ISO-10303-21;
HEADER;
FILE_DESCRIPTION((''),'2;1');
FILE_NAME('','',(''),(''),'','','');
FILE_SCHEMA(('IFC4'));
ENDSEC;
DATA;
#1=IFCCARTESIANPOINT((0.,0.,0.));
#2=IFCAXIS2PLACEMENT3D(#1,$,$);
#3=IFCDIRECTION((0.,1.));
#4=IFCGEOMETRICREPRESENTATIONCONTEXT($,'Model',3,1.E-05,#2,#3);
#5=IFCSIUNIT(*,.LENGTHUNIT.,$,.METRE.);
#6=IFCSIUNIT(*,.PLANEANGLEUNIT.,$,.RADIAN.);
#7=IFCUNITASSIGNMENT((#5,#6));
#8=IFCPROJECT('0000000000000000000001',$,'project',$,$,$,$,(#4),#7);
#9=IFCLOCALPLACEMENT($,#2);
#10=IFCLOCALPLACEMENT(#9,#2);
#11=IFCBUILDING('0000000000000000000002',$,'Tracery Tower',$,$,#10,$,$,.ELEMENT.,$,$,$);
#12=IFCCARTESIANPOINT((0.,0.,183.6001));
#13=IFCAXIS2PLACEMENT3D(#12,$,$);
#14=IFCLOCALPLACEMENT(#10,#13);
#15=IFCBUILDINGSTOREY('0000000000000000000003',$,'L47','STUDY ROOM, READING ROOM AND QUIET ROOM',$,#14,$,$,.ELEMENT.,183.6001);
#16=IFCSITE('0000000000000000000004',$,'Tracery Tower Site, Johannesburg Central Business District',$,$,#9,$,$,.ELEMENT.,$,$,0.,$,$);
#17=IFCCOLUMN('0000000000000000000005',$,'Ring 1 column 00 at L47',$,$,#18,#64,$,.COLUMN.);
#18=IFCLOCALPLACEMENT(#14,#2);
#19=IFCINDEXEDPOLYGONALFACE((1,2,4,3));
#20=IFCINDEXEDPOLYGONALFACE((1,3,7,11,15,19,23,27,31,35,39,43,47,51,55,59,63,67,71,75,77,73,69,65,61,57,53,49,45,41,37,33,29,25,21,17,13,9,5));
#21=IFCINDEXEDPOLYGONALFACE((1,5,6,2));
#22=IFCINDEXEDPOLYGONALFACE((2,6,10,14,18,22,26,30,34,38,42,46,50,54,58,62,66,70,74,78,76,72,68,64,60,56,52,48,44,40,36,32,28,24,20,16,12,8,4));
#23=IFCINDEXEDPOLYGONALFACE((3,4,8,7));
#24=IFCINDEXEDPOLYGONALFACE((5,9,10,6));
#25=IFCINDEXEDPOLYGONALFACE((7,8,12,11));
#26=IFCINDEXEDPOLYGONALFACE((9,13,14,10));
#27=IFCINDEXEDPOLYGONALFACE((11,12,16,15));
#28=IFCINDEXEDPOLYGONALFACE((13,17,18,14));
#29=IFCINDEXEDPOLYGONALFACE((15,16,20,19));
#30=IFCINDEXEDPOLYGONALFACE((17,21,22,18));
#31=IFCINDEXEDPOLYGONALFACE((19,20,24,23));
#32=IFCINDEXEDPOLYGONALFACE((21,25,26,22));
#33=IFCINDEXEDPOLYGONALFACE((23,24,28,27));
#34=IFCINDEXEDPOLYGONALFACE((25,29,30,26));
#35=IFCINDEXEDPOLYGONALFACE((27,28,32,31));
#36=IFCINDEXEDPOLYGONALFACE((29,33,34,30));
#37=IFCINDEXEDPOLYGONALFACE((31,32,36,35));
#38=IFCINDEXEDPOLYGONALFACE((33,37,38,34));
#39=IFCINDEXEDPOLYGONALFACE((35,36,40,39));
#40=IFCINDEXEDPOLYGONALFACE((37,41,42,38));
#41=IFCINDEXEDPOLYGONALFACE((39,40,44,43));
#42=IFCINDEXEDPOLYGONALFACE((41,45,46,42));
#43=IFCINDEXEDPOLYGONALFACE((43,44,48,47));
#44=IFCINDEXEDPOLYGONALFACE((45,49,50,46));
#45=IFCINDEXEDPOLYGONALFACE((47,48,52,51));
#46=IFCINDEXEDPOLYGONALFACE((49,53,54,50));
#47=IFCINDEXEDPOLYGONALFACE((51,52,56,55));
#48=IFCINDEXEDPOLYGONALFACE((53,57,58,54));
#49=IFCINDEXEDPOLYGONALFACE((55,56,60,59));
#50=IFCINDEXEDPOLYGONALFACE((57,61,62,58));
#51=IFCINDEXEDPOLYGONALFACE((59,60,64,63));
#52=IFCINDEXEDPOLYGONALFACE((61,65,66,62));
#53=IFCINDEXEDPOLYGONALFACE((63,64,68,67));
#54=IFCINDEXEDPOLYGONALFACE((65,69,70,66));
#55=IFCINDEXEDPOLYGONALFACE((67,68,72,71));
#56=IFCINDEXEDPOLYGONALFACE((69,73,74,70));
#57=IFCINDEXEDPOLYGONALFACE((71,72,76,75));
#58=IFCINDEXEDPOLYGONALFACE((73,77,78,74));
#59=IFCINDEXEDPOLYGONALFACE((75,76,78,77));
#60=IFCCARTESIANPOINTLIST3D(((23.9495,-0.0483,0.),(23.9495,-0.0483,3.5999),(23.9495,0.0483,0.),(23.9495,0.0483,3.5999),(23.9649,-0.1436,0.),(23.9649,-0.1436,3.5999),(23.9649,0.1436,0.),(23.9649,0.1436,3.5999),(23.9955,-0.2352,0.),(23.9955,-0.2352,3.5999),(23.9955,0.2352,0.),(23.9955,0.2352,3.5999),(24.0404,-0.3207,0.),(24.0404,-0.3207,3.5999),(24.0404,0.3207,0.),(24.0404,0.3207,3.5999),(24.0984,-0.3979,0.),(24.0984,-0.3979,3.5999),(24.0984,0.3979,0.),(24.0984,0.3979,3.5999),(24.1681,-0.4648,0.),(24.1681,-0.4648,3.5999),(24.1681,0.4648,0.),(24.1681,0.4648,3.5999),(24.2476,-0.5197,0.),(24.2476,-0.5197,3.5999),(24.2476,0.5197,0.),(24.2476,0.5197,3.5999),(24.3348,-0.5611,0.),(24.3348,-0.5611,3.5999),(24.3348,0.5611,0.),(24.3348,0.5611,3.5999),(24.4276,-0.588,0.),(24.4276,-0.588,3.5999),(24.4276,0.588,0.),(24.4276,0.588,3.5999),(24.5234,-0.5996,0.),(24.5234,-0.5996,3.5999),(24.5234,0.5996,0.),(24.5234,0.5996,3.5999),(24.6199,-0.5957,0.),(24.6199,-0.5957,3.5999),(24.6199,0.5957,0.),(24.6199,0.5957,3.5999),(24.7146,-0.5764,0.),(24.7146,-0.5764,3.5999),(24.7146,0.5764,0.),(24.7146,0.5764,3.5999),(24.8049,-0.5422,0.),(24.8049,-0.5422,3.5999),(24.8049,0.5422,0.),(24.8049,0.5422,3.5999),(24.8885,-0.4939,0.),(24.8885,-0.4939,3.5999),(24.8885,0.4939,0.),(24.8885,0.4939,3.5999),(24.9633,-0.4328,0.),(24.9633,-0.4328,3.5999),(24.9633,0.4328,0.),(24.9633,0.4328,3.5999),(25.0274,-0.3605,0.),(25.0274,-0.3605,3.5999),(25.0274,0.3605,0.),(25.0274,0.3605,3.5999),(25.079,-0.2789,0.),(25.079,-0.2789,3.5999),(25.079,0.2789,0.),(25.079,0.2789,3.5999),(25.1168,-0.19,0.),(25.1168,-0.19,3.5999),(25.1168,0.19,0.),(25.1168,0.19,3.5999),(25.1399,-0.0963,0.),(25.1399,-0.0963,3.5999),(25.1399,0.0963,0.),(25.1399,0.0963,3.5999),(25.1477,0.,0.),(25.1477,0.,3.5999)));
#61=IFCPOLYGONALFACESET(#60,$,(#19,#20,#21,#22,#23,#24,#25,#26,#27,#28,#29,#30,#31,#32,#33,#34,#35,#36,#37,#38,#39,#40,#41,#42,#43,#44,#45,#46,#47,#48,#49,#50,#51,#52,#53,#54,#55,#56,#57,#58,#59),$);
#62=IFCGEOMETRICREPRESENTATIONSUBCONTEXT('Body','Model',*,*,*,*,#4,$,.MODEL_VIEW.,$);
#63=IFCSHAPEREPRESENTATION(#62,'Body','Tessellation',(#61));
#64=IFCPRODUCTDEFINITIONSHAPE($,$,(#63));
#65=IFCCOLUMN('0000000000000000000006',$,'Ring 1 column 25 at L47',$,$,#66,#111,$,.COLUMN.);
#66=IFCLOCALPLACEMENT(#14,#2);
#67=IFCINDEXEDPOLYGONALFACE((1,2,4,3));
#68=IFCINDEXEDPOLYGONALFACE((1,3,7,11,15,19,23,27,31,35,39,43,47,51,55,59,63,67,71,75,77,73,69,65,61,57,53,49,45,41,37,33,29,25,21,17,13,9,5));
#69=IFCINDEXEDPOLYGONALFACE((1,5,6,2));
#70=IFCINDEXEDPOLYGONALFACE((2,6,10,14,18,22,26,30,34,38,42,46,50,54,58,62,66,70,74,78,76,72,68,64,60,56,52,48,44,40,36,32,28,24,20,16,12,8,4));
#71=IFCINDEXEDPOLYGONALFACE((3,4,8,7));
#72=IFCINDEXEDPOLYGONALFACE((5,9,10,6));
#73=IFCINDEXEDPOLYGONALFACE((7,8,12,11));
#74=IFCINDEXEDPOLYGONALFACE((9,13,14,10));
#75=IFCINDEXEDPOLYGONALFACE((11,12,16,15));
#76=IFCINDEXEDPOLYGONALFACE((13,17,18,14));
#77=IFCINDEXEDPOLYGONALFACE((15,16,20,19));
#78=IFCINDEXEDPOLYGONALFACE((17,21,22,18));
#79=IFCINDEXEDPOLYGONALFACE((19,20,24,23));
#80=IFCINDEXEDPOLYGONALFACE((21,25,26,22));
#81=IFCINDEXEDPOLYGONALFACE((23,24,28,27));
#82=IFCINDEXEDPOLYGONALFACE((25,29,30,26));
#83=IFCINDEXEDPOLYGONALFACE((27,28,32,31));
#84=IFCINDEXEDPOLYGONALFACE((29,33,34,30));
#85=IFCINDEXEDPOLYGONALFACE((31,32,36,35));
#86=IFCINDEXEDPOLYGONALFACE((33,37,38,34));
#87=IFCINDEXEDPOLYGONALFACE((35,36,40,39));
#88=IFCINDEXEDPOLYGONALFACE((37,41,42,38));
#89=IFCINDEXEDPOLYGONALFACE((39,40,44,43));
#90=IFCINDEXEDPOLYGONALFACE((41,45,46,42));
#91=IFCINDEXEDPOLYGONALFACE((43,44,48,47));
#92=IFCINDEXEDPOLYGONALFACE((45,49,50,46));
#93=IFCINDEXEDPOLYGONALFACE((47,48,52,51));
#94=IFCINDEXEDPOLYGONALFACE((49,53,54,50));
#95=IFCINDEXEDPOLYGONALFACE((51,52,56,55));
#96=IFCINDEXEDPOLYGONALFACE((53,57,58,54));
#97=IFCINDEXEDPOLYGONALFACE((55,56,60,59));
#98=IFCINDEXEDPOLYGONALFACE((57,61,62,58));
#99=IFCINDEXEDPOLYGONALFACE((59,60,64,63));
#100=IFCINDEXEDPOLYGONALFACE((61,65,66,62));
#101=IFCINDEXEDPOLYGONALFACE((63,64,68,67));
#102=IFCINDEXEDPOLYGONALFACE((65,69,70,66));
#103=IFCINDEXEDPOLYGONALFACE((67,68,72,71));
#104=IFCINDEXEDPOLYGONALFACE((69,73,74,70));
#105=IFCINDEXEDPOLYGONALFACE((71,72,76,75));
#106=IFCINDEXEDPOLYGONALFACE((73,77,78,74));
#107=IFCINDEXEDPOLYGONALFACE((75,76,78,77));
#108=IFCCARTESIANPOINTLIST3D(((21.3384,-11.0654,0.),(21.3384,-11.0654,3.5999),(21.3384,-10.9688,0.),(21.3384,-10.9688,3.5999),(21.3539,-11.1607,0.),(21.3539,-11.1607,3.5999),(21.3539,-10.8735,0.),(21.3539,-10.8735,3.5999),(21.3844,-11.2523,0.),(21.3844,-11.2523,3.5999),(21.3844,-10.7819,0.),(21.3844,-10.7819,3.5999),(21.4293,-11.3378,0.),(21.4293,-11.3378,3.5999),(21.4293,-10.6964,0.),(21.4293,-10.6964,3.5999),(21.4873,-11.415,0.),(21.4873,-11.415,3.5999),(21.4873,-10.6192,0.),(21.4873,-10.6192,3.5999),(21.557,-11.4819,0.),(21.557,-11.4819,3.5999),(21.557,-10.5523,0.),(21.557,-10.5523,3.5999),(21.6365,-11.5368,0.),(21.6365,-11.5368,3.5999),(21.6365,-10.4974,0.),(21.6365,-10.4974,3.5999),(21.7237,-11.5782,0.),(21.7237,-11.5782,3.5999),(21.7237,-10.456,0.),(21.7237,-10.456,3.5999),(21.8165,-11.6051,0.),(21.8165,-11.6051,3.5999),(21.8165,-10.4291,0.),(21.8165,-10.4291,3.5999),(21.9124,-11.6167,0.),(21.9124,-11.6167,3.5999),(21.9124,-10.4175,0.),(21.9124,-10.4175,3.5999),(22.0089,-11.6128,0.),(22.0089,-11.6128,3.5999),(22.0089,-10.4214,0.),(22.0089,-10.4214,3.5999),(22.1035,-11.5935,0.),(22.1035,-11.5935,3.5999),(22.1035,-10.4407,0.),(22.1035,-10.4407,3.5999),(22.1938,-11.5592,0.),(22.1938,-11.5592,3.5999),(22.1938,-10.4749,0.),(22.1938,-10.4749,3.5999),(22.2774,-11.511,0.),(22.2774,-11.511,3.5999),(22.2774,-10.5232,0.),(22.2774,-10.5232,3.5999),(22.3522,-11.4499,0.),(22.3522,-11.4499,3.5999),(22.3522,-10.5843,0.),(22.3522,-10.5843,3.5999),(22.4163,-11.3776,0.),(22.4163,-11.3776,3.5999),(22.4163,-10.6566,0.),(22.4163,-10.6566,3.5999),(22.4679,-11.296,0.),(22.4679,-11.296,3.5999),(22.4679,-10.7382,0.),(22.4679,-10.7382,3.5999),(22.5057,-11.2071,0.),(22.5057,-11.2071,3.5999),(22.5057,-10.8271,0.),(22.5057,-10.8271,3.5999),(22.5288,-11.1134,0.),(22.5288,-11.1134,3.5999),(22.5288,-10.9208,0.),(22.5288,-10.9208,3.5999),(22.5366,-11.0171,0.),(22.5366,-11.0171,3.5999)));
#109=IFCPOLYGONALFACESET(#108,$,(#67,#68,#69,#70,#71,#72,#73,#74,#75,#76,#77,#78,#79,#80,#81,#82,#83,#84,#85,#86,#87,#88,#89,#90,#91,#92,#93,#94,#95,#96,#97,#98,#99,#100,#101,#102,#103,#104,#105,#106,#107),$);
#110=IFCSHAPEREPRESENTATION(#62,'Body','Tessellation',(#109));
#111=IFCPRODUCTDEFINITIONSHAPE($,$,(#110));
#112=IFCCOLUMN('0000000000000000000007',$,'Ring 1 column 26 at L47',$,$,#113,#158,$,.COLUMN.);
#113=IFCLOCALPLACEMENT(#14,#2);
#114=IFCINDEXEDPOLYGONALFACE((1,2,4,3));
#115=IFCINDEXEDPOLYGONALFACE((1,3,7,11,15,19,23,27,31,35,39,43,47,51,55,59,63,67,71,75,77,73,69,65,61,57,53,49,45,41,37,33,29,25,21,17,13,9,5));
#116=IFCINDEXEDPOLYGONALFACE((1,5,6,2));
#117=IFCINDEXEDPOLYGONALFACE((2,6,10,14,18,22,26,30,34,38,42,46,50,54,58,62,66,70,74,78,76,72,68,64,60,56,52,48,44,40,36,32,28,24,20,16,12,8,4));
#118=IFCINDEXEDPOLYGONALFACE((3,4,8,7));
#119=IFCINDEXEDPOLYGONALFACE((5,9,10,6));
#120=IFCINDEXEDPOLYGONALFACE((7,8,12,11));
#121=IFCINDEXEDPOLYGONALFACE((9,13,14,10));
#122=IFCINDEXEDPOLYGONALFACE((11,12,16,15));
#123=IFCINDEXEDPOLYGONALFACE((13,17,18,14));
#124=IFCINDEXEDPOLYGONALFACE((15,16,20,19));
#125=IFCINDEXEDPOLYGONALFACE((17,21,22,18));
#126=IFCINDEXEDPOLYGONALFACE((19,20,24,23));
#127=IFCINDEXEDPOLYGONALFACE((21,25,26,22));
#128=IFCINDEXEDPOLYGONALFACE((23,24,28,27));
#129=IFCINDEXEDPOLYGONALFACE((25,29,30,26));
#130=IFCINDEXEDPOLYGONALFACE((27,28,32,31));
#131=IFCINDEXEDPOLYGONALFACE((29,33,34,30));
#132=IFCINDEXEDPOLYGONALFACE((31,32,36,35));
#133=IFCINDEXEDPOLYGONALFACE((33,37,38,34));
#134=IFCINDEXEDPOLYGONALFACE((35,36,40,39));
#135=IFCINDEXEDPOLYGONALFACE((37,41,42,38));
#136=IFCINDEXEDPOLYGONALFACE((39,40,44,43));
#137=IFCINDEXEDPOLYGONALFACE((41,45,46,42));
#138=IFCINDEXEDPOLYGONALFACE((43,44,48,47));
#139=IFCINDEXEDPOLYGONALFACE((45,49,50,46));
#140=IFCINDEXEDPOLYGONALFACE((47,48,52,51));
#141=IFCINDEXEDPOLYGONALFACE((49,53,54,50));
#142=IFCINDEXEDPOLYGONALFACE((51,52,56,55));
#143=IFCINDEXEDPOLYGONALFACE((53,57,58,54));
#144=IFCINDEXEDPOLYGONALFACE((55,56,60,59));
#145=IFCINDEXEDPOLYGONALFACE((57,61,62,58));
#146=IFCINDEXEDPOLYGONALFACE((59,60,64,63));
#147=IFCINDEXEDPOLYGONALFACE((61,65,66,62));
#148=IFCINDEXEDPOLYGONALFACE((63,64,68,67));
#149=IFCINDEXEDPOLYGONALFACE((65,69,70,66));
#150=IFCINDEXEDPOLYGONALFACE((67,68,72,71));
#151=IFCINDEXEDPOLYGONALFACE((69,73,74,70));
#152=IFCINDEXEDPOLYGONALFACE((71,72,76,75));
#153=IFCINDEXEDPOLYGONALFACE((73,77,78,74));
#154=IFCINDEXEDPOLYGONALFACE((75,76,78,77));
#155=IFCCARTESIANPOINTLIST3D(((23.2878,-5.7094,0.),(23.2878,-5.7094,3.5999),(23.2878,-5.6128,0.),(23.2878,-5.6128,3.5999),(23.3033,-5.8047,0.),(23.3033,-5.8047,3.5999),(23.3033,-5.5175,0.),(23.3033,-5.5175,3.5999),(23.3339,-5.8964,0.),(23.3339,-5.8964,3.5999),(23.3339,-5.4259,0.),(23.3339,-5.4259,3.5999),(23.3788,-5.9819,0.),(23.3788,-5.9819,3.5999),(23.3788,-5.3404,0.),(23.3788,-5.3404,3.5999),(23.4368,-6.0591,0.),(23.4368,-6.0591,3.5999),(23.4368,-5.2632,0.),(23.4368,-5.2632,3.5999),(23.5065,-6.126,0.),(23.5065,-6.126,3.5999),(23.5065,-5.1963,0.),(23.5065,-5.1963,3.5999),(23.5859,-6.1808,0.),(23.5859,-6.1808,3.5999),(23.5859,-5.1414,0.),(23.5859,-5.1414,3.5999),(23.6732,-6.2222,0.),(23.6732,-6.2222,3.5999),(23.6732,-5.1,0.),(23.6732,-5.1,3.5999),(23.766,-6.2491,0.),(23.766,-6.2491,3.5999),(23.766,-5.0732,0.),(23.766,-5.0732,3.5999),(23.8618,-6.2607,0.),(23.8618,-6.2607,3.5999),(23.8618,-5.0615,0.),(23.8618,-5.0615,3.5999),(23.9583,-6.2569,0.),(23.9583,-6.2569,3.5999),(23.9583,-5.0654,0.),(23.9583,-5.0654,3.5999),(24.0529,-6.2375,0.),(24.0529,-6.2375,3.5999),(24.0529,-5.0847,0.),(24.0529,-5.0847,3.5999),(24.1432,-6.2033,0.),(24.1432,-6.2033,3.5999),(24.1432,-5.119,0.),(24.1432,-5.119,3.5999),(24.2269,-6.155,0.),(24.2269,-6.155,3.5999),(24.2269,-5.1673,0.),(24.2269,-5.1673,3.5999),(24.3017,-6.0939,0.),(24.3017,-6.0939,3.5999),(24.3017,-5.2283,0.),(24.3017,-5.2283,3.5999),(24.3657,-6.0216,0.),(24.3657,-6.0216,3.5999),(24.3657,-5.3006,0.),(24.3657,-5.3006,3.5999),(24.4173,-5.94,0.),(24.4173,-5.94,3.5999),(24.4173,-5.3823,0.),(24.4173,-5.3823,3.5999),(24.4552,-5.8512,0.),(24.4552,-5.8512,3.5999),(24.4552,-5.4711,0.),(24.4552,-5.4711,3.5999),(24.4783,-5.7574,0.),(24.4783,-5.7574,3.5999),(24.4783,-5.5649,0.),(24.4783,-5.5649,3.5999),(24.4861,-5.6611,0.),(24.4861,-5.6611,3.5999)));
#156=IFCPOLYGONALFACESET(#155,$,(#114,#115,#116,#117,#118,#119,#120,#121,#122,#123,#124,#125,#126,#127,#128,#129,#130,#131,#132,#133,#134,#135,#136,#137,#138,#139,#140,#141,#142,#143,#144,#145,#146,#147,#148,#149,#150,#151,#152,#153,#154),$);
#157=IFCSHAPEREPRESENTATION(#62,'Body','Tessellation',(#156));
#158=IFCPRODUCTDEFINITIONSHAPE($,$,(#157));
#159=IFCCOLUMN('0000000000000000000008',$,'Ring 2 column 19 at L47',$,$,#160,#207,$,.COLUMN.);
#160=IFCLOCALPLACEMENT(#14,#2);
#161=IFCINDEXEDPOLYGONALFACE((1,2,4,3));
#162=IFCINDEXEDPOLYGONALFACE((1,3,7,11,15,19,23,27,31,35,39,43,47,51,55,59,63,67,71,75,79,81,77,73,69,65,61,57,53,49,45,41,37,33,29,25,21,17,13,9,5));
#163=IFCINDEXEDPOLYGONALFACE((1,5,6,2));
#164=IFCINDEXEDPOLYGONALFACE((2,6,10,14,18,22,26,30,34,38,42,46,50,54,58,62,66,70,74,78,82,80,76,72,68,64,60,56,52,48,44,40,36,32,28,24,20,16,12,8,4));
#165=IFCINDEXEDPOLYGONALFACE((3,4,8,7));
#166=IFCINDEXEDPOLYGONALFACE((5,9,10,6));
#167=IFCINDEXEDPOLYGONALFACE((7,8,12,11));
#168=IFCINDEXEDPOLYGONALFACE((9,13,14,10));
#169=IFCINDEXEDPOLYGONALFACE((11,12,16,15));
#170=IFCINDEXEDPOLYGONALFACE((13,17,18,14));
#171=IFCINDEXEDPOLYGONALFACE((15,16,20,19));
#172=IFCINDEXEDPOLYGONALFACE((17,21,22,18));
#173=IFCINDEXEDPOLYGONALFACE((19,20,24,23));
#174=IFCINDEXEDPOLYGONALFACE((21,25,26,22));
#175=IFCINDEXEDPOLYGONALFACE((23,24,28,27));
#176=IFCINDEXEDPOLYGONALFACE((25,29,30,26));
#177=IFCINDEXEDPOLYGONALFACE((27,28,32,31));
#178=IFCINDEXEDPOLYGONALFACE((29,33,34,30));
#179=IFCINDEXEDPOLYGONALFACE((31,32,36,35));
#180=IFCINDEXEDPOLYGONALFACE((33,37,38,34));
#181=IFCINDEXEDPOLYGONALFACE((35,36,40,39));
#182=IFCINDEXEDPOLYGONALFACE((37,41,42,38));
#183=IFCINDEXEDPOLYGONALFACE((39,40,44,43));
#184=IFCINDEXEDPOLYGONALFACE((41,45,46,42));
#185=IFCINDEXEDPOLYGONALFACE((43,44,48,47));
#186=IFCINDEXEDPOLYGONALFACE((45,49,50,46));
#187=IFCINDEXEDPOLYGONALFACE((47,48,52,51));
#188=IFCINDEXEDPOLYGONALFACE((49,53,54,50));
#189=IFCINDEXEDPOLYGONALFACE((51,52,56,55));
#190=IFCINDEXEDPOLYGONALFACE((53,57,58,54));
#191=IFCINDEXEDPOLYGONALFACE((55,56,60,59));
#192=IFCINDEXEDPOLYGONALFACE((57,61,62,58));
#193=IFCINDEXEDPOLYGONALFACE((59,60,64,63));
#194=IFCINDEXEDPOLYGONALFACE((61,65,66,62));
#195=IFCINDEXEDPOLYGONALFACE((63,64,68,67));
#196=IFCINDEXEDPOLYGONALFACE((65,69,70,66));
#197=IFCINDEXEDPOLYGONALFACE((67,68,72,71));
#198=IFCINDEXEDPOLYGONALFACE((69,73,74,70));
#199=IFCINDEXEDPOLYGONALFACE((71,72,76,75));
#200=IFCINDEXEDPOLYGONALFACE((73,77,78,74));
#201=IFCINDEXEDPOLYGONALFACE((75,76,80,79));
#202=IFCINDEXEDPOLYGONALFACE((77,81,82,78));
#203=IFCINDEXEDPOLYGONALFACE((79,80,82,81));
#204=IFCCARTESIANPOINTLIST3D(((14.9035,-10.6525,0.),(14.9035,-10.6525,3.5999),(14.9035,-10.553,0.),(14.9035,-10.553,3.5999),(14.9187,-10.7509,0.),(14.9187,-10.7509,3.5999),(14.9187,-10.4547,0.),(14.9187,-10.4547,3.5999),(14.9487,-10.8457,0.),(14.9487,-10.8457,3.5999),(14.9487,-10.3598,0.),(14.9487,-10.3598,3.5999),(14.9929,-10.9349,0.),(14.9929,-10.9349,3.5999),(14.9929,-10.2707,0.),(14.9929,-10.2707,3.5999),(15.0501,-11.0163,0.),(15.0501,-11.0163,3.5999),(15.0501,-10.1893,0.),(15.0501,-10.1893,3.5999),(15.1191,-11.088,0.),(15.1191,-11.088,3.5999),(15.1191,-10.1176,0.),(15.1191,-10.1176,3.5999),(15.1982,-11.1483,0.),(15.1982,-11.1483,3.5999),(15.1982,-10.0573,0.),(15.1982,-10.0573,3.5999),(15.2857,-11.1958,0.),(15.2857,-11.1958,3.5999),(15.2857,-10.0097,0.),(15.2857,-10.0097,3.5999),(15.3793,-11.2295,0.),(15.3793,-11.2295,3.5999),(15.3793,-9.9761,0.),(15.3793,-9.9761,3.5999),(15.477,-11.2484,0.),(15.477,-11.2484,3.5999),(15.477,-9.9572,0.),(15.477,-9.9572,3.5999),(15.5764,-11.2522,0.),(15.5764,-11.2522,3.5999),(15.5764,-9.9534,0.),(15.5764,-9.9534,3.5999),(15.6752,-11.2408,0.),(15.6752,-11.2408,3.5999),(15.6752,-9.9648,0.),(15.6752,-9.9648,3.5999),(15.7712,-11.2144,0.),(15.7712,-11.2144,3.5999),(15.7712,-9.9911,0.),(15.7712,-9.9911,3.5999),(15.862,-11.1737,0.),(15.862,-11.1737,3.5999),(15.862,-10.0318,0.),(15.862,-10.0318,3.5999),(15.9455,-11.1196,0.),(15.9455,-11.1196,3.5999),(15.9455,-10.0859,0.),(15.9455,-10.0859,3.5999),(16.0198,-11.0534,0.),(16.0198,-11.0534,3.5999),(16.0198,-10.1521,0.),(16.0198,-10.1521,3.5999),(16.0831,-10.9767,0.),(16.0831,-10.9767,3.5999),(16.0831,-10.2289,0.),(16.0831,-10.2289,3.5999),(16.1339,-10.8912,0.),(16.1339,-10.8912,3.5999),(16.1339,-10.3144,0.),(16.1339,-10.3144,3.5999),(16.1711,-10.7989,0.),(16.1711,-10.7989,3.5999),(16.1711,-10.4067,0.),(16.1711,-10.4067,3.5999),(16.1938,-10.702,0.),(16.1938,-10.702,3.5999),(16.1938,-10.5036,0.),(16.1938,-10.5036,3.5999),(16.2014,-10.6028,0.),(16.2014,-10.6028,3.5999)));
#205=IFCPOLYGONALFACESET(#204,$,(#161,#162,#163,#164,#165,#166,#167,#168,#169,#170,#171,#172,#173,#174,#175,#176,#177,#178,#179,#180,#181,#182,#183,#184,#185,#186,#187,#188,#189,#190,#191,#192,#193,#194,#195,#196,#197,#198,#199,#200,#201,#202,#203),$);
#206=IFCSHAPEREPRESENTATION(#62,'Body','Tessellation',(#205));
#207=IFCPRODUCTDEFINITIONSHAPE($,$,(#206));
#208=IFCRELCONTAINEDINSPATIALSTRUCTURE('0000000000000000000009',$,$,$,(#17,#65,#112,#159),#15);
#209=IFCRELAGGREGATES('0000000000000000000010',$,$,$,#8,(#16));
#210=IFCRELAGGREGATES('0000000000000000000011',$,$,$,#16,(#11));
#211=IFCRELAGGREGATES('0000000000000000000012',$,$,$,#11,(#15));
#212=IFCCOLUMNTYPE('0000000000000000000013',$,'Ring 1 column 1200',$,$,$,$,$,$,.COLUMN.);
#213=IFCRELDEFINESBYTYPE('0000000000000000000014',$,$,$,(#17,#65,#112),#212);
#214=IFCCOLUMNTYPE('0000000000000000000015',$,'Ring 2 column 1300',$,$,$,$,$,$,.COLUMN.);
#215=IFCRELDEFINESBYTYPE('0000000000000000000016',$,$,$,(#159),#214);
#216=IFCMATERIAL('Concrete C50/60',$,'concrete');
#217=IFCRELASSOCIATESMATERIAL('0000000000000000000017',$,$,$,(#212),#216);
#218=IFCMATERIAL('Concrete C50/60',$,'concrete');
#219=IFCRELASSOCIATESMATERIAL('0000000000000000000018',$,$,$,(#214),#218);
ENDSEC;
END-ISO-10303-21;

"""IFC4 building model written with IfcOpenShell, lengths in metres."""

from ifc_helpers import new_model, si_unit, direction, frame, origin, origin_2d, place, context, subcontext, project, spatial, circle, extrude, material, material_profile, profile_set, type_object, element, save


model = new_model("IFC4")

# Units and contexts
model_context = context("Model", 3, precision=1e-05, world=origin(), true_north=direction((0.0, 1.0)))
body_context = subcontext(model_context, "Body", "Model", "MODEL_VIEW")
ifc_project = project(units=[si_unit("LENGTHUNIT", "METRE"), si_unit("PLANEANGLEUNIT", "RADIAN")], contexts=[model_context])

# Site, building, storey
site_placement = place(None, origin())
site = spatial("IfcSite", under=ifc_project, at=site_placement, Name="Tracery Tower Site, Johannesburg Central Business District", CompositionType="ELEMENT", RefElevation=0.0)
building_placement = place(site_placement, origin())
building = spatial("IfcBuilding", under=site, at=building_placement, Name="Tracery Tower", CompositionType="ELEMENT")
storey_placement = place(building_placement, frame((0.0, 0.0, 183.6001)))
storey = spatial("IfcBuildingStorey", under=building, at=storey_placement, Name="L47", Description="STUDY ROOM, READING ROOM AND QUIET ROOM", CompositionType="ELEMENT", Elevation=183.6001)

# Columns
ifc_material_1 = material(Name="Concrete C50/60", Category="concrete")
ifc_material_profile_1 = material_profile(ifc_material_1, circle(Radius=0.6001, at=origin_2d()), Name="RC D1200")
ifc_profile_set_1 = profile_set([ifc_material_profile_1], Name="Concrete C50/60")
column_type_1 = type_object("IfcColumnType", Name="Ring 1 column 1200", PredefinedType="COLUMN", material=ifc_profile_set_1)
for number, where, z_axis, x_axis, name in (
    (1, (24.5476, 0.0, 0.0), (0.0, 0.0, 1.0), (1.0, 0.0, 0.0), "Ring 1 column 00 at L47"),
    (2, (21.9365, -11.0171, 0.0), (0.0, 0.0, 1.0), (1.0, 0.0, 0.0), "Ring 1 column 25 at L47"),
    (3, (23.886, -5.6611, 0.0), (0.0, 0.0, 1.0), (1.0, 0.0, 0.0), "Ring 1 column 26 at L47"),
):
    element("IfcColumn", number, at=place(storey_placement, frame(where, z_axis=z_axis, x_axis=x_axis)), inside=storey, type_object=column_type_1, Name=name, PredefinedType="COLUMN", context=body_context, shape_type="SweptSolid", body=[
        extrude(circle(Radius=0.6001, at=origin_2d()), origin(), (0.0, 0.0, 1.0), 3.5999),
    ])
ifc_material_2 = material(Name="Concrete C50/60", Category="concrete")
ifc_material_profile_2 = material_profile(ifc_material_2, circle(Radius=0.6499, at=origin_2d()), Name="RC D1300")
ifc_profile_set_2 = profile_set([ifc_material_profile_2], Name="Concrete C50/60")
column_type_2 = type_object("IfcColumnType", Name="Ring 2 column 1300", PredefinedType="COLUMN", material=ifc_profile_set_2)
for number, where, z_axis, x_axis, name in (
    (4, (15.5515, -10.6028, 0.0), (0.0, 0.0, 1.0), (1.0, 0.0, 0.0), "Ring 2 column 19 at L47"),
):
    element("IfcColumn", number, at=place(storey_placement, frame(where, z_axis=z_axis, x_axis=x_axis)), inside=storey, type_object=column_type_2, Name=name, PredefinedType="COLUMN", context=body_context, shape_type="SweptSolid", body=[
        extrude(circle(Radius=0.6499, at=origin_2d()), origin(), (0.0, 0.0, 1.0), 3.5999),
    ])

save(model, "model.ifc")
